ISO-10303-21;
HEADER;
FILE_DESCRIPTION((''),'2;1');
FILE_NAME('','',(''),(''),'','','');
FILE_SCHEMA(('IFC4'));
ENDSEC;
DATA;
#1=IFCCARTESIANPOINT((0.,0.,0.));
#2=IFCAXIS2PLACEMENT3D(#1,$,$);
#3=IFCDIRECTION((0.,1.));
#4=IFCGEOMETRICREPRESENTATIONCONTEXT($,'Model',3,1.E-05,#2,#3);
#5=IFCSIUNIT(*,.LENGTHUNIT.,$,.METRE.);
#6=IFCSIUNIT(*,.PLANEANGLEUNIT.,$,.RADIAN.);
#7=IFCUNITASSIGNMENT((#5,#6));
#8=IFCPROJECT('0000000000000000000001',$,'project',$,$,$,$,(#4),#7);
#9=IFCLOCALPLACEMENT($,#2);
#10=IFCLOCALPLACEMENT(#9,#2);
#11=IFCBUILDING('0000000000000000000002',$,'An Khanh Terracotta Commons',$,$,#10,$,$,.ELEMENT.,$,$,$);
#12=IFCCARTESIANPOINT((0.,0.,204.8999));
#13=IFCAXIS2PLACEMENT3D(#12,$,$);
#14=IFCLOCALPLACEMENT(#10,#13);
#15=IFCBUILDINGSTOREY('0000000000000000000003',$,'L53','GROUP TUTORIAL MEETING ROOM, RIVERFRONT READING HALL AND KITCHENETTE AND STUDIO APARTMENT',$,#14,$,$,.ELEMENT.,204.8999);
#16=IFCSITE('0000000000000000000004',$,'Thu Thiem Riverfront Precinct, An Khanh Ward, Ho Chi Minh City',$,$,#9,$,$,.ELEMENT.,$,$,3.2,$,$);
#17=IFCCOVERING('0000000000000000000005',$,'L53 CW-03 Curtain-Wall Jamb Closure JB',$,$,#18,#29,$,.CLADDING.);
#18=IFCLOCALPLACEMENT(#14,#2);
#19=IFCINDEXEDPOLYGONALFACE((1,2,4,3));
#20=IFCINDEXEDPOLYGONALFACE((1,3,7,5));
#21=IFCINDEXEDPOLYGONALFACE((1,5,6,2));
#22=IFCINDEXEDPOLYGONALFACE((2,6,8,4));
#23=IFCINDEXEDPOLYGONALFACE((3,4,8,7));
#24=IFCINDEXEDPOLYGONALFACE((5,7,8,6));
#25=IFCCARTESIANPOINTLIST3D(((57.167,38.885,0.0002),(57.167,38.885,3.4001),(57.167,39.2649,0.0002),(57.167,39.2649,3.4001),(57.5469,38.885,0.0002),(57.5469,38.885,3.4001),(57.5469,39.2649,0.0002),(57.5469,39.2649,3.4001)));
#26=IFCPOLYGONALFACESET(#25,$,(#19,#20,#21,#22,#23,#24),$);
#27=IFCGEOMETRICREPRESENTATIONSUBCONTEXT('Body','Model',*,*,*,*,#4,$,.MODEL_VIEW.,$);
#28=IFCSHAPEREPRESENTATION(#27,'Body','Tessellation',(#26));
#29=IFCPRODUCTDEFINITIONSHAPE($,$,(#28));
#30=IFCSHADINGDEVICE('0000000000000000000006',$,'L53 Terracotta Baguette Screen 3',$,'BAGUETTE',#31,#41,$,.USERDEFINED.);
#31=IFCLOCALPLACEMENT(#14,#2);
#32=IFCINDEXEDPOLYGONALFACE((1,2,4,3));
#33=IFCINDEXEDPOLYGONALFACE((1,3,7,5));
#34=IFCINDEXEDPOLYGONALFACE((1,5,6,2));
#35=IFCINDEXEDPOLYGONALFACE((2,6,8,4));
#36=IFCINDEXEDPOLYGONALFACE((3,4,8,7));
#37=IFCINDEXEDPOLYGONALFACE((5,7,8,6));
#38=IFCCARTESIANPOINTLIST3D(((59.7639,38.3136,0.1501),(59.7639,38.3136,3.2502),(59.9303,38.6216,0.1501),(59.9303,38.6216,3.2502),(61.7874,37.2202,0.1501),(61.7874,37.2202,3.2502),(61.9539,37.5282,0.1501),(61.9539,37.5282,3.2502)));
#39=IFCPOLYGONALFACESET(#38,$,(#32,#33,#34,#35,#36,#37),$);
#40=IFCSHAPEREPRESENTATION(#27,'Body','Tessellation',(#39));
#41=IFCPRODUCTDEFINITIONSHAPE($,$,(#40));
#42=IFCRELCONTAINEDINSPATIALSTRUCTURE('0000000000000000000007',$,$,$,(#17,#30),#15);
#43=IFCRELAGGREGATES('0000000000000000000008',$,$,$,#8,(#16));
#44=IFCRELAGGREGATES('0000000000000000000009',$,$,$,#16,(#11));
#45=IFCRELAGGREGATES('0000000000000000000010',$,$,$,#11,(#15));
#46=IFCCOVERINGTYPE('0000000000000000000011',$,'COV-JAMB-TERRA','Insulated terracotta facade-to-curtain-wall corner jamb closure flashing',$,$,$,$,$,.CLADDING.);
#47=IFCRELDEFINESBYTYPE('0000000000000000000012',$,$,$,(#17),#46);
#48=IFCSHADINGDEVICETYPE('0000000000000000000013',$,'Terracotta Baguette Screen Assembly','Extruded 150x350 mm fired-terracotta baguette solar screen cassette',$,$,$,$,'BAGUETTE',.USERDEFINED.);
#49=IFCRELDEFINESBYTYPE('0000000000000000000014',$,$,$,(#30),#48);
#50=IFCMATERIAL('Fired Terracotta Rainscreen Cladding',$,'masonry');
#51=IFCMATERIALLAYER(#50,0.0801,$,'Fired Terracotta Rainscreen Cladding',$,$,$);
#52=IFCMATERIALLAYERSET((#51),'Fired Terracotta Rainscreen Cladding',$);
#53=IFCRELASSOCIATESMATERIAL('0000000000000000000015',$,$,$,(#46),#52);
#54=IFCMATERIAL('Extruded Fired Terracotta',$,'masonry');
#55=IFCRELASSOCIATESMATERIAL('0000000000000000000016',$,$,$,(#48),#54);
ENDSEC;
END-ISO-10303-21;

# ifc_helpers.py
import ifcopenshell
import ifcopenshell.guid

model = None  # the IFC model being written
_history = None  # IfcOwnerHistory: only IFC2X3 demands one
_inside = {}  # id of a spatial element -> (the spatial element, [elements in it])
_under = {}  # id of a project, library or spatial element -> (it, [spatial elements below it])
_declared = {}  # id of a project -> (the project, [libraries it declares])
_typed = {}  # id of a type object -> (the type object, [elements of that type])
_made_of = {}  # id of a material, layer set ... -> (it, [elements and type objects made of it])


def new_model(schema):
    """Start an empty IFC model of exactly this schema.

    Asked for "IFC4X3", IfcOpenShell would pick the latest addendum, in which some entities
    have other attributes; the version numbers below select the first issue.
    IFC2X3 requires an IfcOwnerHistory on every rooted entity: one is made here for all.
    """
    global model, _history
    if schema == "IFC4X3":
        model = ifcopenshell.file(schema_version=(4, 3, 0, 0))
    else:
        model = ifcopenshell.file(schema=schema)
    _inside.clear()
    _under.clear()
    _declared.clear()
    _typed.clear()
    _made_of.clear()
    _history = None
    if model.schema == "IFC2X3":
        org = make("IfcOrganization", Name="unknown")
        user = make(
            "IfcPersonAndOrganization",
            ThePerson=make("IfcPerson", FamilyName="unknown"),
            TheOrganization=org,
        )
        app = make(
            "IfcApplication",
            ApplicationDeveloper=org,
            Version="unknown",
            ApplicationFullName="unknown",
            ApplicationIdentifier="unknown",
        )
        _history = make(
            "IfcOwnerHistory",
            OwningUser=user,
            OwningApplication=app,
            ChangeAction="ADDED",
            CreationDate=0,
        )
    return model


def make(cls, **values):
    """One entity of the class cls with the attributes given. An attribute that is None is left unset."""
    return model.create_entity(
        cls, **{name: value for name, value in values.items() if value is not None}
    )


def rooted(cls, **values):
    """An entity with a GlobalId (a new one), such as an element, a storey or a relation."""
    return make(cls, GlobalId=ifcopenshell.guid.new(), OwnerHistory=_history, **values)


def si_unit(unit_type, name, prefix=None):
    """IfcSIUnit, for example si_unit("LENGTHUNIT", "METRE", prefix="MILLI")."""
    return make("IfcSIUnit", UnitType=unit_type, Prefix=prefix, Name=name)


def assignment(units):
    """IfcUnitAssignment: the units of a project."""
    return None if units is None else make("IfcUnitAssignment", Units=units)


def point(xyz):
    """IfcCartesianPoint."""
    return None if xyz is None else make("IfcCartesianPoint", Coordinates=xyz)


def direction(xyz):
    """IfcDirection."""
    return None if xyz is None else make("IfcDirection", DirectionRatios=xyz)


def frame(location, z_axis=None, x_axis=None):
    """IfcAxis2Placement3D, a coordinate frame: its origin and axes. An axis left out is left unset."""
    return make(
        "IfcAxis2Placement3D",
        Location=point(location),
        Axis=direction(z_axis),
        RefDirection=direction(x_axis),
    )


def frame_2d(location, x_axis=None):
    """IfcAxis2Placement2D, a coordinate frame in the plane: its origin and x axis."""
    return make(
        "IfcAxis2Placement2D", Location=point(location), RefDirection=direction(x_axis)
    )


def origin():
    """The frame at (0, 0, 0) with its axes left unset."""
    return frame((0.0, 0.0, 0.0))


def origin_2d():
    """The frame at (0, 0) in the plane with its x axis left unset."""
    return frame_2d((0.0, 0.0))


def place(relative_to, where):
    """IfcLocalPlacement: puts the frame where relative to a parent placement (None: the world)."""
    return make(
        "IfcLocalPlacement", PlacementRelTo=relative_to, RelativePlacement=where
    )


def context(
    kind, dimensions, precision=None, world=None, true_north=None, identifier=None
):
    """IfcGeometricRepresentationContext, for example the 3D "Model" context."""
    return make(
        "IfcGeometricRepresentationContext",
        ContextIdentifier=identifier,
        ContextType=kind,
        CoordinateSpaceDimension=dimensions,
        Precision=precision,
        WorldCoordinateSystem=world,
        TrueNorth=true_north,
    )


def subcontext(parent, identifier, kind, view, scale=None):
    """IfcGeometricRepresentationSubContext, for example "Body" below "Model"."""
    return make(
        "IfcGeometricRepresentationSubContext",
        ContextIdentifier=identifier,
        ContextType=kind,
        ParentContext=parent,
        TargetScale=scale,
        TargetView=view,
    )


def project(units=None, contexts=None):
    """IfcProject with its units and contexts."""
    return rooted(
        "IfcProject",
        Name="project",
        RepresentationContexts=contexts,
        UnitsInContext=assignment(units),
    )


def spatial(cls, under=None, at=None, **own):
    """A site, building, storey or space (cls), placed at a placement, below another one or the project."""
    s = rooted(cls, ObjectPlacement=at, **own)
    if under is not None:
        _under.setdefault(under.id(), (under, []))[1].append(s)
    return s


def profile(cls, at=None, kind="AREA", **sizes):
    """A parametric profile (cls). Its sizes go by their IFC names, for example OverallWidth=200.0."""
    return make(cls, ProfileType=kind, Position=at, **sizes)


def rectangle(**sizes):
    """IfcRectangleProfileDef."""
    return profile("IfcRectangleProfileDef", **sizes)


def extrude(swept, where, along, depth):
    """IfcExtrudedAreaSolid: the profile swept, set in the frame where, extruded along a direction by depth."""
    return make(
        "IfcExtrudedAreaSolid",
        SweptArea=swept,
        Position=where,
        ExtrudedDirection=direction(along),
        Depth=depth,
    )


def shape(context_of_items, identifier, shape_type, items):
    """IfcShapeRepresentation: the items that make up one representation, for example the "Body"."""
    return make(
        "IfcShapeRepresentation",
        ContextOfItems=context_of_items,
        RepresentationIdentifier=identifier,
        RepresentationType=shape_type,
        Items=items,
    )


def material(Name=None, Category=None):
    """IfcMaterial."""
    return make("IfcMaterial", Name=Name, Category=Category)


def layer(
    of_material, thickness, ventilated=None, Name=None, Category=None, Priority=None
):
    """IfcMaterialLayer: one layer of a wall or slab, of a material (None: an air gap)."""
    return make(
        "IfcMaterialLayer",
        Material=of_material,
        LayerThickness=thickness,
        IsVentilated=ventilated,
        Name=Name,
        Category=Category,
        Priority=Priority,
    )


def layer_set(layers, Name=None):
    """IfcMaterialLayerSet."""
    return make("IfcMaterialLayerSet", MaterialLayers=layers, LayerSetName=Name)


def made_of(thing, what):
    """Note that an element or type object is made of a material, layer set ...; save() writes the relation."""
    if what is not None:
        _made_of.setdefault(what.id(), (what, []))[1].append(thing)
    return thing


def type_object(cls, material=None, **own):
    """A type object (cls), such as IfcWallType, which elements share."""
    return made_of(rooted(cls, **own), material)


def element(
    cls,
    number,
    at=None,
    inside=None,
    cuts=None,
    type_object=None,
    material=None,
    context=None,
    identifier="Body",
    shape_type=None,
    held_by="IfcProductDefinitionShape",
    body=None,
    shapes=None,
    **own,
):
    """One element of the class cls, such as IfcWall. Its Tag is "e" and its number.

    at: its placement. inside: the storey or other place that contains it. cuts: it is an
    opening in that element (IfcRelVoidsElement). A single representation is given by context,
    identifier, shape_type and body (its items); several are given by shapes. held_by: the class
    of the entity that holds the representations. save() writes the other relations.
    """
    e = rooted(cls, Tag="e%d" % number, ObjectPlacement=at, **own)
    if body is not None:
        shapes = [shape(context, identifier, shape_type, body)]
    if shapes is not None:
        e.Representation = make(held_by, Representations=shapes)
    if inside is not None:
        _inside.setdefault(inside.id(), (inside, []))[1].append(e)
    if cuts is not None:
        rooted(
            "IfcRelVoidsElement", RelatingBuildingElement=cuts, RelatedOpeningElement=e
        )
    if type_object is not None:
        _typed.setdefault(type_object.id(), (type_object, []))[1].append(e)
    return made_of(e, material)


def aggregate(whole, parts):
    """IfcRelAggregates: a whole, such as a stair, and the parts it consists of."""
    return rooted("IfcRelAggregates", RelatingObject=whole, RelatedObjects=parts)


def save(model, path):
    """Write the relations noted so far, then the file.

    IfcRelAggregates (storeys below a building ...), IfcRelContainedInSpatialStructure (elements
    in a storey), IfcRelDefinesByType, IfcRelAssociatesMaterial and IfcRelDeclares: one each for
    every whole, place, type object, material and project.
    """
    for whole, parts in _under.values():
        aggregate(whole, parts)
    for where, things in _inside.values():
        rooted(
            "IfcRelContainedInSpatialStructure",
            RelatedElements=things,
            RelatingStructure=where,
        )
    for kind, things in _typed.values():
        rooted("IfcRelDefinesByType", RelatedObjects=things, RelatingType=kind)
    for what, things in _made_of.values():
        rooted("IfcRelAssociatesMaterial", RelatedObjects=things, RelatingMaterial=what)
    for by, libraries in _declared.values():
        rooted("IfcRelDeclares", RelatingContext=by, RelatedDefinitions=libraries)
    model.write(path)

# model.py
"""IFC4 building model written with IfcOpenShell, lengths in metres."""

from ifc_helpers import new_model, si_unit, direction, frame, origin, origin_2d, place, context, subcontext, project, spatial, rectangle, extrude, material, layer, layer_set, type_object, element, save


model = new_model("IFC4")

# Units and contexts
model_context = context("Model", 3, precision=1e-05, world=origin(), true_north=direction((0.0, 1.0)))
body_context = subcontext(model_context, "Body", "Model", "MODEL_VIEW")
ifc_project = project(units=[si_unit("LENGTHUNIT", "METRE"), si_unit("PLANEANGLEUNIT", "RADIAN")], contexts=[model_context])

# Site, building, storey
site_placement = place(None, origin())
site = spatial("IfcSite", under=ifc_project, at=site_placement, Name="Thu Thiem Riverfront Precinct, An Khanh Ward, Ho Chi Minh City", CompositionType="ELEMENT", RefElevation=3.2)
building_placement = place(site_placement, origin())
building = spatial("IfcBuilding", under=site, at=building_placement, Name="An Khanh Terracotta Commons", CompositionType="ELEMENT")
storey_placement = place(building_placement, frame((0.0, 0.0, 204.8999)))
storey = spatial("IfcBuildingStorey", under=building, at=storey_placement, Name="L53", Description="GROUP TUTORIAL MEETING ROOM, RIVERFRONT READING HALL AND KITCHENETTE AND STUDIO APARTMENT", CompositionType="ELEMENT", Elevation=204.8999)

# Covering
ifc_material_1 = material(Name="Fired Terracotta Rainscreen Cladding", Category="masonry")
ifc_layer_1 = layer(ifc_material_1, 0.0801, Name="Fired Terracotta Rainscreen Cladding")
ifc_layer_set_1 = layer_set([ifc_layer_1], Name="Fired Terracotta Rainscreen Cladding")
covering_type = type_object("IfcCoveringType", Name="COV-JAMB-TERRA", Description="Insulated terracotta facade-to-curtain-wall corner jamb closure flashing", PredefinedType="CLADDING", material=ifc_layer_set_1)
covering_placement = place(storey_placement, frame((57.3569, 39.075, 0.0002), z_axis=(0.0, 0.0, 1.0), x_axis=(1.0, 0.0, 0.0)))
element("IfcCovering", 1, at=covering_placement, inside=storey, type_object=covering_type, Name="L53 CW-03 Curtain-Wall Jamb Closure JB", PredefinedType="CLADDING", context=body_context, shape_type="SweptSolid", body=[
    extrude(rectangle(XDim=0.3799, YDim=0.3799, at=origin_2d()), origin(), (0.0, 0.0, 1.0), 3.3999),
])

# Shading device
ifc_material_2 = material(Name="Extruded Fired Terracotta", Category="masonry")
shading_device_type = type_object("IfcShadingDeviceType", Name="Terracotta Baguette Screen Assembly", Description="Extruded 150x350 mm fired-terracotta baguette solar screen cassette", ElementType="BAGUETTE", PredefinedType="USERDEFINED", material=ifc_material_2)
shading_device_placement = place(storey_placement, frame((60.8589, 37.9209, 0.1501), z_axis=(0.0, 0.0, 1.0), x_axis=(-0.87978, 0.475381, 0.0)))
element("IfcShadingDevice", 2, at=shading_device_placement, inside=storey, type_object=shading_device_type, Name="L53 Terracotta Baguette Screen 3", ObjectType="BAGUETTE", PredefinedType="USERDEFINED", context=body_context, shape_type="SweptSolid", body=[
    extrude(rectangle(XDim=2.3, YDim=0.3501, at=origin_2d()), origin(), (0.0, 0.0, 1.0), 3.1001),
])

save(model, "model.ifc")
